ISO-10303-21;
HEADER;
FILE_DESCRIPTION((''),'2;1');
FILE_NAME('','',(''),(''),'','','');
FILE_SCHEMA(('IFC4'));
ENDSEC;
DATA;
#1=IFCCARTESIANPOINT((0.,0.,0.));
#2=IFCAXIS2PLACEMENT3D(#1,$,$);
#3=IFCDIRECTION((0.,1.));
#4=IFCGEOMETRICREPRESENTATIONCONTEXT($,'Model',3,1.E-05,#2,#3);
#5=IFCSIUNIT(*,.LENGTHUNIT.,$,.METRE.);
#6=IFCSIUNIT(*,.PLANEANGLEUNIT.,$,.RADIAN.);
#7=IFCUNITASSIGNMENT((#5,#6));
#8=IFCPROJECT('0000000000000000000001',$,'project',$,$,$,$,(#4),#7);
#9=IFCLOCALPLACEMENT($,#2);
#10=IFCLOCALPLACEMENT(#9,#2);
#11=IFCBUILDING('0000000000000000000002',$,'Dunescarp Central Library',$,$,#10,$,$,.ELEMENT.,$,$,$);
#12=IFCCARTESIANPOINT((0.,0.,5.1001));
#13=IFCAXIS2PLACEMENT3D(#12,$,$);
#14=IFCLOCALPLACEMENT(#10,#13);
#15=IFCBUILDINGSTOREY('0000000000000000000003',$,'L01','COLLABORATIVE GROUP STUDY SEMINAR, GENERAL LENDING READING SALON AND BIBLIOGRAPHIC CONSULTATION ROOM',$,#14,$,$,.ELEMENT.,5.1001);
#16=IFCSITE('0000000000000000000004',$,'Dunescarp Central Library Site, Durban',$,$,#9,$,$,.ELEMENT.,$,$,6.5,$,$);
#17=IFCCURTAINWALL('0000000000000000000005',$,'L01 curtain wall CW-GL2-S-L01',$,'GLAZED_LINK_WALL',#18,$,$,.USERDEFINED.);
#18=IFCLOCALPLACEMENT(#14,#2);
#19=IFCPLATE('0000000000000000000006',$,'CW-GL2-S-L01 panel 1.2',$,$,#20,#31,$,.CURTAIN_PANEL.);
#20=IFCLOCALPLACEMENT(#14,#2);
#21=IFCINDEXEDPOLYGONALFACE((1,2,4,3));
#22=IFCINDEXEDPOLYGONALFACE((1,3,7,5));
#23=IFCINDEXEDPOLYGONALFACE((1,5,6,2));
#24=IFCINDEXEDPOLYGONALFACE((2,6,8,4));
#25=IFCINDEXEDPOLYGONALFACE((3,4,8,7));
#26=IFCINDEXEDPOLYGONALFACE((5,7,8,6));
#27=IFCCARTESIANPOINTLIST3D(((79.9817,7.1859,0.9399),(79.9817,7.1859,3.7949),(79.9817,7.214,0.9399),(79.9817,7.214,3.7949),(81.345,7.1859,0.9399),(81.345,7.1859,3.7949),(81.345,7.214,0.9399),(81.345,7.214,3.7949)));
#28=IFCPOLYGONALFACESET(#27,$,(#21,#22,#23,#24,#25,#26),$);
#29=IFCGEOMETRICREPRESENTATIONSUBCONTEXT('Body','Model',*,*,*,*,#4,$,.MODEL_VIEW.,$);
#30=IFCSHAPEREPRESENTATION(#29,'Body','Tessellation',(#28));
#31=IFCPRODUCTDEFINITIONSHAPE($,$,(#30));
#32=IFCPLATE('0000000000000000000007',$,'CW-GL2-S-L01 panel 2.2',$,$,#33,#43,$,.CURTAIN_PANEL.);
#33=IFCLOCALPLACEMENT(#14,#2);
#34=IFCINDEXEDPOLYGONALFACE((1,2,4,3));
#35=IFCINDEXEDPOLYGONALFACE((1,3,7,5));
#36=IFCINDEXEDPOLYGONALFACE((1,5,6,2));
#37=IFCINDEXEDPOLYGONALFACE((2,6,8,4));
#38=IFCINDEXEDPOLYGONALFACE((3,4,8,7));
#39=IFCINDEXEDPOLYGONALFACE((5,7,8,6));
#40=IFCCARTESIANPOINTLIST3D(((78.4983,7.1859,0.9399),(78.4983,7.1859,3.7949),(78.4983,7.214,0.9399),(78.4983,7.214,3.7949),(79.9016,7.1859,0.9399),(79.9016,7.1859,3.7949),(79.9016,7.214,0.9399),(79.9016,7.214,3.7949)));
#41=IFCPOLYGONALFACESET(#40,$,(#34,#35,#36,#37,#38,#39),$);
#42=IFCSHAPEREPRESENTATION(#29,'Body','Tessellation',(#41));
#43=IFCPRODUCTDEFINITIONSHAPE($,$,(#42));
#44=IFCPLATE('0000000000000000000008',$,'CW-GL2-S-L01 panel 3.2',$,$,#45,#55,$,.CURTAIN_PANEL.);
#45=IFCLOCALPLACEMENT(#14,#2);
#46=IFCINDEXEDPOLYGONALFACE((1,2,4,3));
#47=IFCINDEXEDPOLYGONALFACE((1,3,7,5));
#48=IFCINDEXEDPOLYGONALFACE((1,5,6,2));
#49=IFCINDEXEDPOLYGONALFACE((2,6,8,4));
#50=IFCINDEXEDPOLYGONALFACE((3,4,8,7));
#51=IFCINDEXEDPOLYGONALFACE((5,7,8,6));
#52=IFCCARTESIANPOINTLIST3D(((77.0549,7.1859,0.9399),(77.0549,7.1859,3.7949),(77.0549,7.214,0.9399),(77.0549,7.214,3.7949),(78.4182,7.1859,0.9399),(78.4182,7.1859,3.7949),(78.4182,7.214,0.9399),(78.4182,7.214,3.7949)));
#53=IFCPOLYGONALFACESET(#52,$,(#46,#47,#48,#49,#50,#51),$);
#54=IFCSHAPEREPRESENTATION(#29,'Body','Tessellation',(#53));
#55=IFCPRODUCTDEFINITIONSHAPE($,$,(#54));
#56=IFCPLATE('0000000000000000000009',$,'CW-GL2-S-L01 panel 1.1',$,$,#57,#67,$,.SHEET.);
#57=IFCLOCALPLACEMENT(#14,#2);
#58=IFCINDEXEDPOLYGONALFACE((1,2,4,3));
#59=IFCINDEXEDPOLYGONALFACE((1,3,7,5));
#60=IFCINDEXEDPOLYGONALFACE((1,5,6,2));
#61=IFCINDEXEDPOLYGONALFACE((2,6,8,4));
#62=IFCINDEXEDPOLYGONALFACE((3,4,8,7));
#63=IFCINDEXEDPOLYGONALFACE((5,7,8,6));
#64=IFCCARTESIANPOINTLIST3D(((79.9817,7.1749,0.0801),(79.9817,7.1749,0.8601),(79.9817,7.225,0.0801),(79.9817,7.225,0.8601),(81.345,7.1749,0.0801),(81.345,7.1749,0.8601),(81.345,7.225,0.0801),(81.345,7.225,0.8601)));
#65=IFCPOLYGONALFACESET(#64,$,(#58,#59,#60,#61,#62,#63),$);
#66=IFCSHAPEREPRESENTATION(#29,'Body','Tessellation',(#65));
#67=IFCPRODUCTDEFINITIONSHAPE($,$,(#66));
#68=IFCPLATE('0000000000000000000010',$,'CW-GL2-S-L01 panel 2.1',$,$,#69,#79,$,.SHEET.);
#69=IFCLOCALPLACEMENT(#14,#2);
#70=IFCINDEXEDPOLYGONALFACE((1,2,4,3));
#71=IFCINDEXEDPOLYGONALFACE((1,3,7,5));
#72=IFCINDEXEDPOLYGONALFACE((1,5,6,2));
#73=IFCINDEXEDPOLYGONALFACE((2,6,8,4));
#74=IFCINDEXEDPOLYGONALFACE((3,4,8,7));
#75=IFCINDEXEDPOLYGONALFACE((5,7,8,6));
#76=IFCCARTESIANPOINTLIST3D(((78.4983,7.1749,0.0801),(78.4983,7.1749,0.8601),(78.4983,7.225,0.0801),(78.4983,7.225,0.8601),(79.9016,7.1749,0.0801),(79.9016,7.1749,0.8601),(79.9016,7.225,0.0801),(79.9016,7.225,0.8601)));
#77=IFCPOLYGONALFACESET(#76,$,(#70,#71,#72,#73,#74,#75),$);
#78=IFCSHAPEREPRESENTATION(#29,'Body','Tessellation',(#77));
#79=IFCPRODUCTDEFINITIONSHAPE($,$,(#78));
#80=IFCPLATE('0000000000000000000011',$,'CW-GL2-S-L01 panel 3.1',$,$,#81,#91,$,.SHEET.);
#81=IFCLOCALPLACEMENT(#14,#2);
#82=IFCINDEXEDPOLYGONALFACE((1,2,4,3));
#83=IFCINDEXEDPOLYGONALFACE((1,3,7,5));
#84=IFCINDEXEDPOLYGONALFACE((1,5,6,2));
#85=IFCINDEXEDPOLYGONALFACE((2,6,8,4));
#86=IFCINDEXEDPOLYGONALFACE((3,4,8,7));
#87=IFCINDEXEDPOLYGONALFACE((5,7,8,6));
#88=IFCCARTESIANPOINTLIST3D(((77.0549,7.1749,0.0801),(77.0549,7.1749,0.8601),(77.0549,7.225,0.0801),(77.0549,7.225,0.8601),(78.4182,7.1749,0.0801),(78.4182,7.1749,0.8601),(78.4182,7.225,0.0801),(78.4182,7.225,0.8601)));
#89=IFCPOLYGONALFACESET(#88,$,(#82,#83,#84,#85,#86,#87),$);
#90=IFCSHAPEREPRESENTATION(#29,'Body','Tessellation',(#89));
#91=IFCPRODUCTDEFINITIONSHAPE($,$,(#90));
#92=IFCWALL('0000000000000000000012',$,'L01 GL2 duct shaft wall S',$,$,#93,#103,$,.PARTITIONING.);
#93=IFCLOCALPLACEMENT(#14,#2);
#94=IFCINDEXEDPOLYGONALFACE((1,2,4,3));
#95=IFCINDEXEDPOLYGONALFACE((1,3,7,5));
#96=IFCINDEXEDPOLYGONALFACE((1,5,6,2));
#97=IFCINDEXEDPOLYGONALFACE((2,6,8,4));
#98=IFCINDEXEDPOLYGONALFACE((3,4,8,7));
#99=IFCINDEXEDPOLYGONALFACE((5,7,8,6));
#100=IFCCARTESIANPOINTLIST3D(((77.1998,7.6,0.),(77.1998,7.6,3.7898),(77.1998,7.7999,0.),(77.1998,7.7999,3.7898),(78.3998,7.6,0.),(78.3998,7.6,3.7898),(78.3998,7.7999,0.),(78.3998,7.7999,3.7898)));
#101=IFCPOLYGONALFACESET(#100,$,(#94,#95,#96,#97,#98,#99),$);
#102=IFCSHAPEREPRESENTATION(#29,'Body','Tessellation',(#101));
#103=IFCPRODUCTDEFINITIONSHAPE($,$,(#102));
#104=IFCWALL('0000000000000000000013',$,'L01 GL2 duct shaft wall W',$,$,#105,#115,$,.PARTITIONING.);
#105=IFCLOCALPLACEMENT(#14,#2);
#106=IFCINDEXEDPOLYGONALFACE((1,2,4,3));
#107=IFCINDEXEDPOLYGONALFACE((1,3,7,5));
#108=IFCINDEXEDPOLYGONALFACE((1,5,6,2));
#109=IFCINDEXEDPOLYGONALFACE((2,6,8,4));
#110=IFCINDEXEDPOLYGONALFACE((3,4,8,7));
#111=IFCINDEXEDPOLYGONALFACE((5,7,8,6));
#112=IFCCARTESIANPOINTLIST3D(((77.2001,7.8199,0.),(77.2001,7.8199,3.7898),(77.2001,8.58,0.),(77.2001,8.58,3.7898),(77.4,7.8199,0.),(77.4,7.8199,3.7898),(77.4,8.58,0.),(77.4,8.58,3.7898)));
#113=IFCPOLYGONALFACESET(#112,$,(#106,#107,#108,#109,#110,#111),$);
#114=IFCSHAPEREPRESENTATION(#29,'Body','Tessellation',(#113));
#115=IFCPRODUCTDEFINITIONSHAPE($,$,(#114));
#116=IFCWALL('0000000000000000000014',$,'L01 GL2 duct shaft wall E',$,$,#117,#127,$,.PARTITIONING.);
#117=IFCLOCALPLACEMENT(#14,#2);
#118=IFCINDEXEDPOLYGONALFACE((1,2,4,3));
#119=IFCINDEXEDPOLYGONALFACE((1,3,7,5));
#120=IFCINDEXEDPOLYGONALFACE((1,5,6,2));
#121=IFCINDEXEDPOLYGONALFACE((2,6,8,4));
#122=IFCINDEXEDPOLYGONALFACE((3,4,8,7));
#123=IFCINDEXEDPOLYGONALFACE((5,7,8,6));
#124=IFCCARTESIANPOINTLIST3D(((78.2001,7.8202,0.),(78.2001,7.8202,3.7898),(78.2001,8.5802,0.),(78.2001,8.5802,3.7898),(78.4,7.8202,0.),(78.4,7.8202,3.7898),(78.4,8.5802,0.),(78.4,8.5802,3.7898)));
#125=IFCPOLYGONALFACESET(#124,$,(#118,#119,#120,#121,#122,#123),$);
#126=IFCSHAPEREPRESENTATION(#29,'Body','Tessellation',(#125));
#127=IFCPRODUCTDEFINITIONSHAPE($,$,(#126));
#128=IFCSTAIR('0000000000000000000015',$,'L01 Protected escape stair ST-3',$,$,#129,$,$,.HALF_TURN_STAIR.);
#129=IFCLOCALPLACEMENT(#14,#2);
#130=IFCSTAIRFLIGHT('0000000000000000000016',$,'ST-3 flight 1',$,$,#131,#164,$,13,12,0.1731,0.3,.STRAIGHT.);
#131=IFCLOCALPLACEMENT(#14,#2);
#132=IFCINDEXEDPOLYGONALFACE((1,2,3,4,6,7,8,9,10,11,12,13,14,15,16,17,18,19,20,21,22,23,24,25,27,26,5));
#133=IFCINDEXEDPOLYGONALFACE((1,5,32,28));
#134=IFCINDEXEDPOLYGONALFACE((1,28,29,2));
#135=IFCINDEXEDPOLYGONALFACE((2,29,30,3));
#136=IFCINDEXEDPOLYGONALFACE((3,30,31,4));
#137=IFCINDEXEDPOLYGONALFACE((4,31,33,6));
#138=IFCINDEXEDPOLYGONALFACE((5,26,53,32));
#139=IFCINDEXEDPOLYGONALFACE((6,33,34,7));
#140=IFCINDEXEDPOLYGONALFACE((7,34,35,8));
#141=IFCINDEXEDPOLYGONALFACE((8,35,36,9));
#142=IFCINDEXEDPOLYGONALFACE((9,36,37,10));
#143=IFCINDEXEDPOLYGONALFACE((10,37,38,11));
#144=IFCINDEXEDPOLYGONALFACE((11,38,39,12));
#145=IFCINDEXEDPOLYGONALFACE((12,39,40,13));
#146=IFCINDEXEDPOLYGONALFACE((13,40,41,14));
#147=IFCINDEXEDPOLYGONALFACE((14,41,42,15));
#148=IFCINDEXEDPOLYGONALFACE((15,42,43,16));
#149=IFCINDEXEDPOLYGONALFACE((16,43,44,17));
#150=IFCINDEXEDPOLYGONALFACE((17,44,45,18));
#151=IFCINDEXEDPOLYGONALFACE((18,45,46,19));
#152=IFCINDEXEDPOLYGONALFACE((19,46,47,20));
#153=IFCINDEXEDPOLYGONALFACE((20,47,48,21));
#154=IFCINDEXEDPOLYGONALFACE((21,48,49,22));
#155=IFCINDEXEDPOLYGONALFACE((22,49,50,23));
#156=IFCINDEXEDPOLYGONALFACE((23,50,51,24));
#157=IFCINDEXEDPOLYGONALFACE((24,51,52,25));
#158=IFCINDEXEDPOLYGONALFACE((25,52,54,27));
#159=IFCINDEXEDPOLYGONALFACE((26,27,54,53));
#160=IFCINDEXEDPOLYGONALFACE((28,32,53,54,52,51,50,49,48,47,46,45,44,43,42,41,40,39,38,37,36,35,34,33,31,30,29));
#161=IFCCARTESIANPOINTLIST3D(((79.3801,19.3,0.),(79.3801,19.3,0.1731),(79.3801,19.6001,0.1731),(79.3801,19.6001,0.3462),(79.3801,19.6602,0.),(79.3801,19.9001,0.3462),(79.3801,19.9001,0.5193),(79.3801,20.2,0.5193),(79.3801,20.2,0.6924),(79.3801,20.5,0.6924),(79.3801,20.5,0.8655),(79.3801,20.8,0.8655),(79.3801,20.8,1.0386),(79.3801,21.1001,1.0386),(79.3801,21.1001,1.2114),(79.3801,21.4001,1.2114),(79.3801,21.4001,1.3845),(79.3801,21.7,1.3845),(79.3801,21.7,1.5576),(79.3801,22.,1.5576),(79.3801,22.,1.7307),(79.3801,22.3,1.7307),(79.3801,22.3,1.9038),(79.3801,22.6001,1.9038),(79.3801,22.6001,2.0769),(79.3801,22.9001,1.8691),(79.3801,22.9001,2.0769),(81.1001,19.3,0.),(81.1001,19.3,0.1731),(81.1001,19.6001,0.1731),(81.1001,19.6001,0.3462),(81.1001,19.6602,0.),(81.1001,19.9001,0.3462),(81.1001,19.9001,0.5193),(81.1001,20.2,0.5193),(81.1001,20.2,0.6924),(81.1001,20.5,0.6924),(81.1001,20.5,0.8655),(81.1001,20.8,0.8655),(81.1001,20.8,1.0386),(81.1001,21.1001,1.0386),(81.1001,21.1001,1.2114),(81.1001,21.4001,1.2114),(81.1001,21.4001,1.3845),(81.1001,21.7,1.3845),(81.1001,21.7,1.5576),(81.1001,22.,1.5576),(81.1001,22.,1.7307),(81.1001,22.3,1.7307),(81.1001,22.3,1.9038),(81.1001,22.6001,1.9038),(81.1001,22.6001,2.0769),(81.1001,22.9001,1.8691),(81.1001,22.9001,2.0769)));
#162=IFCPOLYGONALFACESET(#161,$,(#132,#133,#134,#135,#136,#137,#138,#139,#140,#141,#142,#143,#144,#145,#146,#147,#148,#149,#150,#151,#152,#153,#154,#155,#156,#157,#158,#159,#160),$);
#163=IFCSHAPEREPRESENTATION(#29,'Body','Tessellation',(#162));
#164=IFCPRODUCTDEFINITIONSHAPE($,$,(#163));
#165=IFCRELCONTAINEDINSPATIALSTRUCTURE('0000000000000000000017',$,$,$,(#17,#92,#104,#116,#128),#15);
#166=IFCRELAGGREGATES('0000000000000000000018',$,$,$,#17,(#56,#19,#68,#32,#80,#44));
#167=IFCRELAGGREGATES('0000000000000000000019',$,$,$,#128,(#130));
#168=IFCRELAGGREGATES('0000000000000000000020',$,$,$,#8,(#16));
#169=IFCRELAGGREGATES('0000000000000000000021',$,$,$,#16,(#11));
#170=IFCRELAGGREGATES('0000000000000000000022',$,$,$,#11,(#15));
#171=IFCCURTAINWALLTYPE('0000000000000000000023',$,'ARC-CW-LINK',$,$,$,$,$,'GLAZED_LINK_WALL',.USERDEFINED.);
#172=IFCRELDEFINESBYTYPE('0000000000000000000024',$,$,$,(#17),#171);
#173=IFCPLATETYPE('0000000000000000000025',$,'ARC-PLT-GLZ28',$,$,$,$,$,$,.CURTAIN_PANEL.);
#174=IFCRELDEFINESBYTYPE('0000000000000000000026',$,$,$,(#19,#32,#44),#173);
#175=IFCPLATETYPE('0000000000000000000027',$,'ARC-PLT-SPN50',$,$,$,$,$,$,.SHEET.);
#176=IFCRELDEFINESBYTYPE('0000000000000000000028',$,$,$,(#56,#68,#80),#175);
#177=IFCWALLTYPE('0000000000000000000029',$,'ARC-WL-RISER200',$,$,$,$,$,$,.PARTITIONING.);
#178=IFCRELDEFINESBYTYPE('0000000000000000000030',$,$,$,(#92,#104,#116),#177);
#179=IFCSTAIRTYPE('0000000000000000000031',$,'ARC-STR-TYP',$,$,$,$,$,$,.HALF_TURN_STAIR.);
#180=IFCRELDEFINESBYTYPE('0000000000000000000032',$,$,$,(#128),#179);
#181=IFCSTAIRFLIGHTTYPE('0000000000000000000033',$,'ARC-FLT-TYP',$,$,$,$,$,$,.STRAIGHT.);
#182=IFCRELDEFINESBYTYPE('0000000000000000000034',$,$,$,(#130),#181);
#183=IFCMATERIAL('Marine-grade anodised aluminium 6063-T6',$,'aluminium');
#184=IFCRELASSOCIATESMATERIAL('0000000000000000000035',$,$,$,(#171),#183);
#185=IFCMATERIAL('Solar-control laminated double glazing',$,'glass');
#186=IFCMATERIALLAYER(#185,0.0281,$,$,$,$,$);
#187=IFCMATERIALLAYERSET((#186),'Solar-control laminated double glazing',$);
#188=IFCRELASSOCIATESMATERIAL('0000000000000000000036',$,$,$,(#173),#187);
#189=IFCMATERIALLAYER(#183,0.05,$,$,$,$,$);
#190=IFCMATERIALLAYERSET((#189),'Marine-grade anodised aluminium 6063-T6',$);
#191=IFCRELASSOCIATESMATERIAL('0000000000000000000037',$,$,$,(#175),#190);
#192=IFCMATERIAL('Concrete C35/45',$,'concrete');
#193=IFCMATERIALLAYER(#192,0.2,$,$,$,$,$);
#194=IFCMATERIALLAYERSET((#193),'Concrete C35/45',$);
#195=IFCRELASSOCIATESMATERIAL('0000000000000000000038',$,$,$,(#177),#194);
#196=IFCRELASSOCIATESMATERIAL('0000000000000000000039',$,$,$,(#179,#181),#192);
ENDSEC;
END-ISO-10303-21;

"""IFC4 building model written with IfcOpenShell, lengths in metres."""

from ifc_helpers import new_model, si_unit, direction, frame, frame_2d, origin, origin_2d, place, context, subcontext, project, spatial, polyline, rectangle, outline, extrude, material, layer, layer_set, type_object, element, aggregate, save


model = new_model("IFC4")

# Units and contexts
model_context = context("Model", 3, precision=1e-05, world=origin(), true_north=direction((0.0, 1.0)))
body_context = subcontext(model_context, "Body", "Model", "MODEL_VIEW")
ifc_project = project(units=[si_unit("LENGTHUNIT", "METRE"), si_unit("PLANEANGLEUNIT", "RADIAN")], contexts=[model_context])

# Site, building, storey
site_placement = place(None, origin())
site = spatial("IfcSite", under=ifc_project, at=site_placement, Name="Dunescarp Central Library Site, Durban", CompositionType="ELEMENT", RefElevation=6.5)
building_placement = place(site_placement, origin())
building = spatial("IfcBuilding", under=site, at=building_placement, Name="Dunescarp Central Library", CompositionType="ELEMENT")
storey_placement = place(building_placement, frame((0.0, 0.0, 5.1001)))
storey = spatial("IfcBuildingStorey", under=building, at=storey_placement, Name="L01", Description="COLLABORATIVE GROUP STUDY SEMINAR, GENERAL LENDING READING SALON AND BIBLIOGRAPHIC CONSULTATION ROOM", CompositionType="ELEMENT", Elevation=5.1001)

# Curtain wall
ifc_material_1 = material(Name="Marine-grade anodised aluminium 6063-T6", Category="aluminium")
curtain_wall_type = type_object("IfcCurtainWallType", Name="ARC-CW-LINK", ElementType="GLAZED_LINK_WALL", PredefinedType="USERDEFINED", material=ifc_material_1)
curtain_wall_placement = place(storey_placement, origin())
curtain_wall = element("IfcCurtainWall", 1, at=curtain_wall_placement, inside=storey, type_object=curtain_wall_type, Name="L01 curtain wall CW-GL2-S-L01", ObjectType="GLAZED_LINK_WALL", PredefinedType="USERDEFINED")

# Plates
ifc_material_2 = material(Name="Solar-control laminated double glazing", Category="glass")
ifc_layer_1 = layer(ifc_material_2, 0.0281)
ifc_layer_set_1 = layer_set([ifc_layer_1], Name="Solar-control laminated double glazing")
plate_type_1 = type_object("IfcPlateType", Name="ARC-PLT-GLZ28", PredefinedType="CURTAIN_PANEL", material=ifc_layer_set_1)
plate_1_placement = place(storey_placement, frame((80.6633, 7.2, 0.9399), z_axis=(0.0, 0.0, 1.0), x_axis=(-1.0, 0.0, 0.0)))
plate_1 = element("IfcPlate", 2, at=plate_1_placement, type_object=plate_type_1, Name="CW-GL2-S-L01 panel 1.2", PredefinedType="CURTAIN_PANEL", context=body_context, shape_type="SweptSolid", body=[
    extrude(rectangle(XDim=1.3633, YDim=0.0281, at=origin_2d()), origin(), (0.0, 0.0, 1.0), 2.855),
])
plate_2_placement = place(storey_placement, frame((79.2, 7.2, 0.9399), z_axis=(0.0, 0.0, 1.0), x_axis=(-1.0, 0.0, 0.0)))
plate_2 = element("IfcPlate", 3, at=plate_2_placement, type_object=plate_type_1, Name="CW-GL2-S-L01 panel 2.2", PredefinedType="CURTAIN_PANEL", context=body_context, shape_type="SweptSolid", body=[
    extrude(rectangle(XDim=1.4033, YDim=0.0281, at=origin_2d()), origin(), (0.0, 0.0, 1.0), 2.855),
])
plate_3_placement = place(storey_placement, frame((77.7366, 7.2, 0.9399), z_axis=(0.0, 0.0, 1.0), x_axis=(-1.0, 0.0, 0.0)))
plate_3 = element("IfcPlate", 4, at=plate_3_placement, type_object=plate_type_1, Name="CW-GL2-S-L01 panel 3.2", PredefinedType="CURTAIN_PANEL", context=body_context, shape_type="SweptSolid", body=[
    extrude(rectangle(XDim=1.3633, YDim=0.0281, at=origin_2d()), origin(), (0.0, 0.0, 1.0), 2.855),
])
ifc_layer_2 = layer(ifc_material_1, 0.05)
ifc_layer_set_2 = layer_set([ifc_layer_2], Name="Marine-grade anodised aluminium 6063-T6")
plate_type_2 = type_object("IfcPlateType", Name="ARC-PLT-SPN50", PredefinedType="SHEET", material=ifc_layer_set_2)
plate_4_placement = place(storey_placement, frame((80.6633, 7.2, 0.0801), z_axis=(0.0, 0.0, 1.0), x_axis=(-1.0, 0.0, 0.0)))
plate_4 = element("IfcPlate", 5, at=plate_4_placement, type_object=plate_type_2, Name="CW-GL2-S-L01 panel 1.1", PredefinedType="SHEET", context=body_context, shape_type="SweptSolid", body=[
    extrude(rectangle(XDim=1.3633, YDim=0.05, at=origin_2d()), origin(), (0.0, 0.0, 1.0), 0.78),
])
plate_5_placement = place(storey_placement, frame((79.2, 7.2, 0.0801), z_axis=(0.0, 0.0, 1.0), x_axis=(-1.0, 0.0, 0.0)))
plate_5 = element("IfcPlate", 6, at=plate_5_placement, type_object=plate_type_2, Name="CW-GL2-S-L01 panel 2.1", PredefinedType="SHEET", context=body_context, shape_type="SweptSolid", body=[
    extrude(rectangle(XDim=1.4033, YDim=0.05, at=origin_2d()), origin(), (0.0, 0.0, 1.0), 0.78),
])
plate_6_placement = place(storey_placement, frame((77.7366, 7.2, 0.0801), z_axis=(0.0, 0.0, 1.0), x_axis=(-1.0, 0.0, 0.0)))
plate_6 = element("IfcPlate", 7, at=plate_6_placement, type_object=plate_type_2, Name="CW-GL2-S-L01 panel 3.1", PredefinedType="SHEET", context=body_context, shape_type="SweptSolid", body=[
    extrude(rectangle(XDim=1.3633, YDim=0.05, at=origin_2d()), origin(), (0.0, 0.0, 1.0), 0.78),
])
aggregate(curtain_wall, [plate_4, plate_1, plate_5, plate_2, plate_6, plate_3])

# Walls
ifc_material_3 = material(Name="Concrete C35/45", Category="concrete")
ifc_layer_3 = layer(ifc_material_3, 0.2)
ifc_layer_set_3 = layer_set([ifc_layer_3], Name="Concrete C35/45")
wall_type = type_object("IfcWallType", Name="ARC-WL-RISER200", PredefinedType="PARTITIONING", material=ifc_layer_set_3)
wall_placement = place(storey_placement, frame((78.3999, 7.7, 0.0), z_axis=(0.0, 0.0, 1.0), x_axis=(-1.0, 0.0, 0.0)))
element("IfcWall", 8, at=wall_placement, inside=storey, type_object=wall_type, Name="L01 GL2 duct shaft wall S", PredefinedType="PARTITIONING", context=body_context, shape_type="SweptSolid", body=[
    extrude(rectangle(XDim=1.2, YDim=0.2, at=frame_2d((0.6001, 0.0))), origin(), (0.0, 0.0, 1.0), 3.7898),
])
for number, where, z_axis, x_axis, name in (
    (9, (77.3, 7.8201, 0.0), (0.0, 0.0, 1.0), (0.0, 1.0, 0.0), "L01 GL2 duct shaft wall W"),
    (10, (78.3, 8.5801, 0.0), (0.0, 0.0, 1.0), (0.0, -1.0, 0.0), "L01 GL2 duct shaft wall E"),
):
    element("IfcWall", number, at=place(storey_placement, frame(where, z_axis=z_axis, x_axis=x_axis)), inside=storey, type_object=wall_type, Name=name, PredefinedType="PARTITIONING", context=body_context, shape_type="SweptSolid", body=[
        extrude(rectangle(XDim=0.76, YDim=0.2, at=frame_2d((0.3799, 0.0))), origin(), (0.0, 0.0, 1.0), 3.7898),
    ])

# Stair, stair flight
stair_type = type_object("IfcStairType", Name="ARC-STR-TYP", PredefinedType="HALF_TURN_STAIR", material=ifc_material_3)
stair_placement = place(storey_placement, origin())
stair = element("IfcStair", 11, at=stair_placement, inside=storey, type_object=stair_type, Name="L01 Protected escape stair ST-3", PredefinedType="HALF_TURN_STAIR")
stair_flight_type = type_object("IfcStairFlightType", Name="ARC-FLT-TYP", PredefinedType="STRAIGHT", material=ifc_material_3)
stair_flight_placement = place(storey_placement, frame((80.24, 19.3, 0.0), z_axis=(0.0, 0.0, 1.0), x_axis=(0.0, 1.0, 0.0)))
stair_flight = element("IfcStairFlight", 12, at=stair_flight_placement, type_object=stair_flight_type, Name="ST-3 flight 1", NumberOfRisers=13, NumberOfTreads=12, PredefinedType="STRAIGHT", RiserHeight=0.1731, TreadLength=0.3, context=body_context, shape_type="SweptSolid", body=[
    extrude(outline(polyline([(0.0, 0.0), (0.0, 0.1731), (0.3, 0.1731), (0.3, 0.3462), (0.6001, 0.3462), (0.6001, 0.5193), (0.8999, 0.5193), (0.8999, 0.6924), (1.2, 0.6924), (1.2, 0.8655), (1.5, 0.8655), (1.5, 1.0386), (1.8, 1.0386), (1.8, 1.2114), (2.1001, 1.2114), (2.1001, 1.3845), (2.3999, 1.3845), (2.3999, 1.5576), (2.7, 1.5576), (2.7, 1.7307), (3.0, 1.7307), (3.0, 1.9038), (3.3, 1.9038), (3.3, 2.0769), (3.6001, 2.0769), (3.6001, 2.25), (3.6001, 1.8691), (0.3601, 0.0), (0.0, 0.0)])), frame((0.0, 0.8599, 0.0), z_axis=(0.0, -1.0, 0.0), x_axis=(1.0, 0.0, 0.0)), (0.0, 0.0, 1.0), 1.72),
])
aggregate(stair, [stair_flight])

save(model, "model.ifc")
